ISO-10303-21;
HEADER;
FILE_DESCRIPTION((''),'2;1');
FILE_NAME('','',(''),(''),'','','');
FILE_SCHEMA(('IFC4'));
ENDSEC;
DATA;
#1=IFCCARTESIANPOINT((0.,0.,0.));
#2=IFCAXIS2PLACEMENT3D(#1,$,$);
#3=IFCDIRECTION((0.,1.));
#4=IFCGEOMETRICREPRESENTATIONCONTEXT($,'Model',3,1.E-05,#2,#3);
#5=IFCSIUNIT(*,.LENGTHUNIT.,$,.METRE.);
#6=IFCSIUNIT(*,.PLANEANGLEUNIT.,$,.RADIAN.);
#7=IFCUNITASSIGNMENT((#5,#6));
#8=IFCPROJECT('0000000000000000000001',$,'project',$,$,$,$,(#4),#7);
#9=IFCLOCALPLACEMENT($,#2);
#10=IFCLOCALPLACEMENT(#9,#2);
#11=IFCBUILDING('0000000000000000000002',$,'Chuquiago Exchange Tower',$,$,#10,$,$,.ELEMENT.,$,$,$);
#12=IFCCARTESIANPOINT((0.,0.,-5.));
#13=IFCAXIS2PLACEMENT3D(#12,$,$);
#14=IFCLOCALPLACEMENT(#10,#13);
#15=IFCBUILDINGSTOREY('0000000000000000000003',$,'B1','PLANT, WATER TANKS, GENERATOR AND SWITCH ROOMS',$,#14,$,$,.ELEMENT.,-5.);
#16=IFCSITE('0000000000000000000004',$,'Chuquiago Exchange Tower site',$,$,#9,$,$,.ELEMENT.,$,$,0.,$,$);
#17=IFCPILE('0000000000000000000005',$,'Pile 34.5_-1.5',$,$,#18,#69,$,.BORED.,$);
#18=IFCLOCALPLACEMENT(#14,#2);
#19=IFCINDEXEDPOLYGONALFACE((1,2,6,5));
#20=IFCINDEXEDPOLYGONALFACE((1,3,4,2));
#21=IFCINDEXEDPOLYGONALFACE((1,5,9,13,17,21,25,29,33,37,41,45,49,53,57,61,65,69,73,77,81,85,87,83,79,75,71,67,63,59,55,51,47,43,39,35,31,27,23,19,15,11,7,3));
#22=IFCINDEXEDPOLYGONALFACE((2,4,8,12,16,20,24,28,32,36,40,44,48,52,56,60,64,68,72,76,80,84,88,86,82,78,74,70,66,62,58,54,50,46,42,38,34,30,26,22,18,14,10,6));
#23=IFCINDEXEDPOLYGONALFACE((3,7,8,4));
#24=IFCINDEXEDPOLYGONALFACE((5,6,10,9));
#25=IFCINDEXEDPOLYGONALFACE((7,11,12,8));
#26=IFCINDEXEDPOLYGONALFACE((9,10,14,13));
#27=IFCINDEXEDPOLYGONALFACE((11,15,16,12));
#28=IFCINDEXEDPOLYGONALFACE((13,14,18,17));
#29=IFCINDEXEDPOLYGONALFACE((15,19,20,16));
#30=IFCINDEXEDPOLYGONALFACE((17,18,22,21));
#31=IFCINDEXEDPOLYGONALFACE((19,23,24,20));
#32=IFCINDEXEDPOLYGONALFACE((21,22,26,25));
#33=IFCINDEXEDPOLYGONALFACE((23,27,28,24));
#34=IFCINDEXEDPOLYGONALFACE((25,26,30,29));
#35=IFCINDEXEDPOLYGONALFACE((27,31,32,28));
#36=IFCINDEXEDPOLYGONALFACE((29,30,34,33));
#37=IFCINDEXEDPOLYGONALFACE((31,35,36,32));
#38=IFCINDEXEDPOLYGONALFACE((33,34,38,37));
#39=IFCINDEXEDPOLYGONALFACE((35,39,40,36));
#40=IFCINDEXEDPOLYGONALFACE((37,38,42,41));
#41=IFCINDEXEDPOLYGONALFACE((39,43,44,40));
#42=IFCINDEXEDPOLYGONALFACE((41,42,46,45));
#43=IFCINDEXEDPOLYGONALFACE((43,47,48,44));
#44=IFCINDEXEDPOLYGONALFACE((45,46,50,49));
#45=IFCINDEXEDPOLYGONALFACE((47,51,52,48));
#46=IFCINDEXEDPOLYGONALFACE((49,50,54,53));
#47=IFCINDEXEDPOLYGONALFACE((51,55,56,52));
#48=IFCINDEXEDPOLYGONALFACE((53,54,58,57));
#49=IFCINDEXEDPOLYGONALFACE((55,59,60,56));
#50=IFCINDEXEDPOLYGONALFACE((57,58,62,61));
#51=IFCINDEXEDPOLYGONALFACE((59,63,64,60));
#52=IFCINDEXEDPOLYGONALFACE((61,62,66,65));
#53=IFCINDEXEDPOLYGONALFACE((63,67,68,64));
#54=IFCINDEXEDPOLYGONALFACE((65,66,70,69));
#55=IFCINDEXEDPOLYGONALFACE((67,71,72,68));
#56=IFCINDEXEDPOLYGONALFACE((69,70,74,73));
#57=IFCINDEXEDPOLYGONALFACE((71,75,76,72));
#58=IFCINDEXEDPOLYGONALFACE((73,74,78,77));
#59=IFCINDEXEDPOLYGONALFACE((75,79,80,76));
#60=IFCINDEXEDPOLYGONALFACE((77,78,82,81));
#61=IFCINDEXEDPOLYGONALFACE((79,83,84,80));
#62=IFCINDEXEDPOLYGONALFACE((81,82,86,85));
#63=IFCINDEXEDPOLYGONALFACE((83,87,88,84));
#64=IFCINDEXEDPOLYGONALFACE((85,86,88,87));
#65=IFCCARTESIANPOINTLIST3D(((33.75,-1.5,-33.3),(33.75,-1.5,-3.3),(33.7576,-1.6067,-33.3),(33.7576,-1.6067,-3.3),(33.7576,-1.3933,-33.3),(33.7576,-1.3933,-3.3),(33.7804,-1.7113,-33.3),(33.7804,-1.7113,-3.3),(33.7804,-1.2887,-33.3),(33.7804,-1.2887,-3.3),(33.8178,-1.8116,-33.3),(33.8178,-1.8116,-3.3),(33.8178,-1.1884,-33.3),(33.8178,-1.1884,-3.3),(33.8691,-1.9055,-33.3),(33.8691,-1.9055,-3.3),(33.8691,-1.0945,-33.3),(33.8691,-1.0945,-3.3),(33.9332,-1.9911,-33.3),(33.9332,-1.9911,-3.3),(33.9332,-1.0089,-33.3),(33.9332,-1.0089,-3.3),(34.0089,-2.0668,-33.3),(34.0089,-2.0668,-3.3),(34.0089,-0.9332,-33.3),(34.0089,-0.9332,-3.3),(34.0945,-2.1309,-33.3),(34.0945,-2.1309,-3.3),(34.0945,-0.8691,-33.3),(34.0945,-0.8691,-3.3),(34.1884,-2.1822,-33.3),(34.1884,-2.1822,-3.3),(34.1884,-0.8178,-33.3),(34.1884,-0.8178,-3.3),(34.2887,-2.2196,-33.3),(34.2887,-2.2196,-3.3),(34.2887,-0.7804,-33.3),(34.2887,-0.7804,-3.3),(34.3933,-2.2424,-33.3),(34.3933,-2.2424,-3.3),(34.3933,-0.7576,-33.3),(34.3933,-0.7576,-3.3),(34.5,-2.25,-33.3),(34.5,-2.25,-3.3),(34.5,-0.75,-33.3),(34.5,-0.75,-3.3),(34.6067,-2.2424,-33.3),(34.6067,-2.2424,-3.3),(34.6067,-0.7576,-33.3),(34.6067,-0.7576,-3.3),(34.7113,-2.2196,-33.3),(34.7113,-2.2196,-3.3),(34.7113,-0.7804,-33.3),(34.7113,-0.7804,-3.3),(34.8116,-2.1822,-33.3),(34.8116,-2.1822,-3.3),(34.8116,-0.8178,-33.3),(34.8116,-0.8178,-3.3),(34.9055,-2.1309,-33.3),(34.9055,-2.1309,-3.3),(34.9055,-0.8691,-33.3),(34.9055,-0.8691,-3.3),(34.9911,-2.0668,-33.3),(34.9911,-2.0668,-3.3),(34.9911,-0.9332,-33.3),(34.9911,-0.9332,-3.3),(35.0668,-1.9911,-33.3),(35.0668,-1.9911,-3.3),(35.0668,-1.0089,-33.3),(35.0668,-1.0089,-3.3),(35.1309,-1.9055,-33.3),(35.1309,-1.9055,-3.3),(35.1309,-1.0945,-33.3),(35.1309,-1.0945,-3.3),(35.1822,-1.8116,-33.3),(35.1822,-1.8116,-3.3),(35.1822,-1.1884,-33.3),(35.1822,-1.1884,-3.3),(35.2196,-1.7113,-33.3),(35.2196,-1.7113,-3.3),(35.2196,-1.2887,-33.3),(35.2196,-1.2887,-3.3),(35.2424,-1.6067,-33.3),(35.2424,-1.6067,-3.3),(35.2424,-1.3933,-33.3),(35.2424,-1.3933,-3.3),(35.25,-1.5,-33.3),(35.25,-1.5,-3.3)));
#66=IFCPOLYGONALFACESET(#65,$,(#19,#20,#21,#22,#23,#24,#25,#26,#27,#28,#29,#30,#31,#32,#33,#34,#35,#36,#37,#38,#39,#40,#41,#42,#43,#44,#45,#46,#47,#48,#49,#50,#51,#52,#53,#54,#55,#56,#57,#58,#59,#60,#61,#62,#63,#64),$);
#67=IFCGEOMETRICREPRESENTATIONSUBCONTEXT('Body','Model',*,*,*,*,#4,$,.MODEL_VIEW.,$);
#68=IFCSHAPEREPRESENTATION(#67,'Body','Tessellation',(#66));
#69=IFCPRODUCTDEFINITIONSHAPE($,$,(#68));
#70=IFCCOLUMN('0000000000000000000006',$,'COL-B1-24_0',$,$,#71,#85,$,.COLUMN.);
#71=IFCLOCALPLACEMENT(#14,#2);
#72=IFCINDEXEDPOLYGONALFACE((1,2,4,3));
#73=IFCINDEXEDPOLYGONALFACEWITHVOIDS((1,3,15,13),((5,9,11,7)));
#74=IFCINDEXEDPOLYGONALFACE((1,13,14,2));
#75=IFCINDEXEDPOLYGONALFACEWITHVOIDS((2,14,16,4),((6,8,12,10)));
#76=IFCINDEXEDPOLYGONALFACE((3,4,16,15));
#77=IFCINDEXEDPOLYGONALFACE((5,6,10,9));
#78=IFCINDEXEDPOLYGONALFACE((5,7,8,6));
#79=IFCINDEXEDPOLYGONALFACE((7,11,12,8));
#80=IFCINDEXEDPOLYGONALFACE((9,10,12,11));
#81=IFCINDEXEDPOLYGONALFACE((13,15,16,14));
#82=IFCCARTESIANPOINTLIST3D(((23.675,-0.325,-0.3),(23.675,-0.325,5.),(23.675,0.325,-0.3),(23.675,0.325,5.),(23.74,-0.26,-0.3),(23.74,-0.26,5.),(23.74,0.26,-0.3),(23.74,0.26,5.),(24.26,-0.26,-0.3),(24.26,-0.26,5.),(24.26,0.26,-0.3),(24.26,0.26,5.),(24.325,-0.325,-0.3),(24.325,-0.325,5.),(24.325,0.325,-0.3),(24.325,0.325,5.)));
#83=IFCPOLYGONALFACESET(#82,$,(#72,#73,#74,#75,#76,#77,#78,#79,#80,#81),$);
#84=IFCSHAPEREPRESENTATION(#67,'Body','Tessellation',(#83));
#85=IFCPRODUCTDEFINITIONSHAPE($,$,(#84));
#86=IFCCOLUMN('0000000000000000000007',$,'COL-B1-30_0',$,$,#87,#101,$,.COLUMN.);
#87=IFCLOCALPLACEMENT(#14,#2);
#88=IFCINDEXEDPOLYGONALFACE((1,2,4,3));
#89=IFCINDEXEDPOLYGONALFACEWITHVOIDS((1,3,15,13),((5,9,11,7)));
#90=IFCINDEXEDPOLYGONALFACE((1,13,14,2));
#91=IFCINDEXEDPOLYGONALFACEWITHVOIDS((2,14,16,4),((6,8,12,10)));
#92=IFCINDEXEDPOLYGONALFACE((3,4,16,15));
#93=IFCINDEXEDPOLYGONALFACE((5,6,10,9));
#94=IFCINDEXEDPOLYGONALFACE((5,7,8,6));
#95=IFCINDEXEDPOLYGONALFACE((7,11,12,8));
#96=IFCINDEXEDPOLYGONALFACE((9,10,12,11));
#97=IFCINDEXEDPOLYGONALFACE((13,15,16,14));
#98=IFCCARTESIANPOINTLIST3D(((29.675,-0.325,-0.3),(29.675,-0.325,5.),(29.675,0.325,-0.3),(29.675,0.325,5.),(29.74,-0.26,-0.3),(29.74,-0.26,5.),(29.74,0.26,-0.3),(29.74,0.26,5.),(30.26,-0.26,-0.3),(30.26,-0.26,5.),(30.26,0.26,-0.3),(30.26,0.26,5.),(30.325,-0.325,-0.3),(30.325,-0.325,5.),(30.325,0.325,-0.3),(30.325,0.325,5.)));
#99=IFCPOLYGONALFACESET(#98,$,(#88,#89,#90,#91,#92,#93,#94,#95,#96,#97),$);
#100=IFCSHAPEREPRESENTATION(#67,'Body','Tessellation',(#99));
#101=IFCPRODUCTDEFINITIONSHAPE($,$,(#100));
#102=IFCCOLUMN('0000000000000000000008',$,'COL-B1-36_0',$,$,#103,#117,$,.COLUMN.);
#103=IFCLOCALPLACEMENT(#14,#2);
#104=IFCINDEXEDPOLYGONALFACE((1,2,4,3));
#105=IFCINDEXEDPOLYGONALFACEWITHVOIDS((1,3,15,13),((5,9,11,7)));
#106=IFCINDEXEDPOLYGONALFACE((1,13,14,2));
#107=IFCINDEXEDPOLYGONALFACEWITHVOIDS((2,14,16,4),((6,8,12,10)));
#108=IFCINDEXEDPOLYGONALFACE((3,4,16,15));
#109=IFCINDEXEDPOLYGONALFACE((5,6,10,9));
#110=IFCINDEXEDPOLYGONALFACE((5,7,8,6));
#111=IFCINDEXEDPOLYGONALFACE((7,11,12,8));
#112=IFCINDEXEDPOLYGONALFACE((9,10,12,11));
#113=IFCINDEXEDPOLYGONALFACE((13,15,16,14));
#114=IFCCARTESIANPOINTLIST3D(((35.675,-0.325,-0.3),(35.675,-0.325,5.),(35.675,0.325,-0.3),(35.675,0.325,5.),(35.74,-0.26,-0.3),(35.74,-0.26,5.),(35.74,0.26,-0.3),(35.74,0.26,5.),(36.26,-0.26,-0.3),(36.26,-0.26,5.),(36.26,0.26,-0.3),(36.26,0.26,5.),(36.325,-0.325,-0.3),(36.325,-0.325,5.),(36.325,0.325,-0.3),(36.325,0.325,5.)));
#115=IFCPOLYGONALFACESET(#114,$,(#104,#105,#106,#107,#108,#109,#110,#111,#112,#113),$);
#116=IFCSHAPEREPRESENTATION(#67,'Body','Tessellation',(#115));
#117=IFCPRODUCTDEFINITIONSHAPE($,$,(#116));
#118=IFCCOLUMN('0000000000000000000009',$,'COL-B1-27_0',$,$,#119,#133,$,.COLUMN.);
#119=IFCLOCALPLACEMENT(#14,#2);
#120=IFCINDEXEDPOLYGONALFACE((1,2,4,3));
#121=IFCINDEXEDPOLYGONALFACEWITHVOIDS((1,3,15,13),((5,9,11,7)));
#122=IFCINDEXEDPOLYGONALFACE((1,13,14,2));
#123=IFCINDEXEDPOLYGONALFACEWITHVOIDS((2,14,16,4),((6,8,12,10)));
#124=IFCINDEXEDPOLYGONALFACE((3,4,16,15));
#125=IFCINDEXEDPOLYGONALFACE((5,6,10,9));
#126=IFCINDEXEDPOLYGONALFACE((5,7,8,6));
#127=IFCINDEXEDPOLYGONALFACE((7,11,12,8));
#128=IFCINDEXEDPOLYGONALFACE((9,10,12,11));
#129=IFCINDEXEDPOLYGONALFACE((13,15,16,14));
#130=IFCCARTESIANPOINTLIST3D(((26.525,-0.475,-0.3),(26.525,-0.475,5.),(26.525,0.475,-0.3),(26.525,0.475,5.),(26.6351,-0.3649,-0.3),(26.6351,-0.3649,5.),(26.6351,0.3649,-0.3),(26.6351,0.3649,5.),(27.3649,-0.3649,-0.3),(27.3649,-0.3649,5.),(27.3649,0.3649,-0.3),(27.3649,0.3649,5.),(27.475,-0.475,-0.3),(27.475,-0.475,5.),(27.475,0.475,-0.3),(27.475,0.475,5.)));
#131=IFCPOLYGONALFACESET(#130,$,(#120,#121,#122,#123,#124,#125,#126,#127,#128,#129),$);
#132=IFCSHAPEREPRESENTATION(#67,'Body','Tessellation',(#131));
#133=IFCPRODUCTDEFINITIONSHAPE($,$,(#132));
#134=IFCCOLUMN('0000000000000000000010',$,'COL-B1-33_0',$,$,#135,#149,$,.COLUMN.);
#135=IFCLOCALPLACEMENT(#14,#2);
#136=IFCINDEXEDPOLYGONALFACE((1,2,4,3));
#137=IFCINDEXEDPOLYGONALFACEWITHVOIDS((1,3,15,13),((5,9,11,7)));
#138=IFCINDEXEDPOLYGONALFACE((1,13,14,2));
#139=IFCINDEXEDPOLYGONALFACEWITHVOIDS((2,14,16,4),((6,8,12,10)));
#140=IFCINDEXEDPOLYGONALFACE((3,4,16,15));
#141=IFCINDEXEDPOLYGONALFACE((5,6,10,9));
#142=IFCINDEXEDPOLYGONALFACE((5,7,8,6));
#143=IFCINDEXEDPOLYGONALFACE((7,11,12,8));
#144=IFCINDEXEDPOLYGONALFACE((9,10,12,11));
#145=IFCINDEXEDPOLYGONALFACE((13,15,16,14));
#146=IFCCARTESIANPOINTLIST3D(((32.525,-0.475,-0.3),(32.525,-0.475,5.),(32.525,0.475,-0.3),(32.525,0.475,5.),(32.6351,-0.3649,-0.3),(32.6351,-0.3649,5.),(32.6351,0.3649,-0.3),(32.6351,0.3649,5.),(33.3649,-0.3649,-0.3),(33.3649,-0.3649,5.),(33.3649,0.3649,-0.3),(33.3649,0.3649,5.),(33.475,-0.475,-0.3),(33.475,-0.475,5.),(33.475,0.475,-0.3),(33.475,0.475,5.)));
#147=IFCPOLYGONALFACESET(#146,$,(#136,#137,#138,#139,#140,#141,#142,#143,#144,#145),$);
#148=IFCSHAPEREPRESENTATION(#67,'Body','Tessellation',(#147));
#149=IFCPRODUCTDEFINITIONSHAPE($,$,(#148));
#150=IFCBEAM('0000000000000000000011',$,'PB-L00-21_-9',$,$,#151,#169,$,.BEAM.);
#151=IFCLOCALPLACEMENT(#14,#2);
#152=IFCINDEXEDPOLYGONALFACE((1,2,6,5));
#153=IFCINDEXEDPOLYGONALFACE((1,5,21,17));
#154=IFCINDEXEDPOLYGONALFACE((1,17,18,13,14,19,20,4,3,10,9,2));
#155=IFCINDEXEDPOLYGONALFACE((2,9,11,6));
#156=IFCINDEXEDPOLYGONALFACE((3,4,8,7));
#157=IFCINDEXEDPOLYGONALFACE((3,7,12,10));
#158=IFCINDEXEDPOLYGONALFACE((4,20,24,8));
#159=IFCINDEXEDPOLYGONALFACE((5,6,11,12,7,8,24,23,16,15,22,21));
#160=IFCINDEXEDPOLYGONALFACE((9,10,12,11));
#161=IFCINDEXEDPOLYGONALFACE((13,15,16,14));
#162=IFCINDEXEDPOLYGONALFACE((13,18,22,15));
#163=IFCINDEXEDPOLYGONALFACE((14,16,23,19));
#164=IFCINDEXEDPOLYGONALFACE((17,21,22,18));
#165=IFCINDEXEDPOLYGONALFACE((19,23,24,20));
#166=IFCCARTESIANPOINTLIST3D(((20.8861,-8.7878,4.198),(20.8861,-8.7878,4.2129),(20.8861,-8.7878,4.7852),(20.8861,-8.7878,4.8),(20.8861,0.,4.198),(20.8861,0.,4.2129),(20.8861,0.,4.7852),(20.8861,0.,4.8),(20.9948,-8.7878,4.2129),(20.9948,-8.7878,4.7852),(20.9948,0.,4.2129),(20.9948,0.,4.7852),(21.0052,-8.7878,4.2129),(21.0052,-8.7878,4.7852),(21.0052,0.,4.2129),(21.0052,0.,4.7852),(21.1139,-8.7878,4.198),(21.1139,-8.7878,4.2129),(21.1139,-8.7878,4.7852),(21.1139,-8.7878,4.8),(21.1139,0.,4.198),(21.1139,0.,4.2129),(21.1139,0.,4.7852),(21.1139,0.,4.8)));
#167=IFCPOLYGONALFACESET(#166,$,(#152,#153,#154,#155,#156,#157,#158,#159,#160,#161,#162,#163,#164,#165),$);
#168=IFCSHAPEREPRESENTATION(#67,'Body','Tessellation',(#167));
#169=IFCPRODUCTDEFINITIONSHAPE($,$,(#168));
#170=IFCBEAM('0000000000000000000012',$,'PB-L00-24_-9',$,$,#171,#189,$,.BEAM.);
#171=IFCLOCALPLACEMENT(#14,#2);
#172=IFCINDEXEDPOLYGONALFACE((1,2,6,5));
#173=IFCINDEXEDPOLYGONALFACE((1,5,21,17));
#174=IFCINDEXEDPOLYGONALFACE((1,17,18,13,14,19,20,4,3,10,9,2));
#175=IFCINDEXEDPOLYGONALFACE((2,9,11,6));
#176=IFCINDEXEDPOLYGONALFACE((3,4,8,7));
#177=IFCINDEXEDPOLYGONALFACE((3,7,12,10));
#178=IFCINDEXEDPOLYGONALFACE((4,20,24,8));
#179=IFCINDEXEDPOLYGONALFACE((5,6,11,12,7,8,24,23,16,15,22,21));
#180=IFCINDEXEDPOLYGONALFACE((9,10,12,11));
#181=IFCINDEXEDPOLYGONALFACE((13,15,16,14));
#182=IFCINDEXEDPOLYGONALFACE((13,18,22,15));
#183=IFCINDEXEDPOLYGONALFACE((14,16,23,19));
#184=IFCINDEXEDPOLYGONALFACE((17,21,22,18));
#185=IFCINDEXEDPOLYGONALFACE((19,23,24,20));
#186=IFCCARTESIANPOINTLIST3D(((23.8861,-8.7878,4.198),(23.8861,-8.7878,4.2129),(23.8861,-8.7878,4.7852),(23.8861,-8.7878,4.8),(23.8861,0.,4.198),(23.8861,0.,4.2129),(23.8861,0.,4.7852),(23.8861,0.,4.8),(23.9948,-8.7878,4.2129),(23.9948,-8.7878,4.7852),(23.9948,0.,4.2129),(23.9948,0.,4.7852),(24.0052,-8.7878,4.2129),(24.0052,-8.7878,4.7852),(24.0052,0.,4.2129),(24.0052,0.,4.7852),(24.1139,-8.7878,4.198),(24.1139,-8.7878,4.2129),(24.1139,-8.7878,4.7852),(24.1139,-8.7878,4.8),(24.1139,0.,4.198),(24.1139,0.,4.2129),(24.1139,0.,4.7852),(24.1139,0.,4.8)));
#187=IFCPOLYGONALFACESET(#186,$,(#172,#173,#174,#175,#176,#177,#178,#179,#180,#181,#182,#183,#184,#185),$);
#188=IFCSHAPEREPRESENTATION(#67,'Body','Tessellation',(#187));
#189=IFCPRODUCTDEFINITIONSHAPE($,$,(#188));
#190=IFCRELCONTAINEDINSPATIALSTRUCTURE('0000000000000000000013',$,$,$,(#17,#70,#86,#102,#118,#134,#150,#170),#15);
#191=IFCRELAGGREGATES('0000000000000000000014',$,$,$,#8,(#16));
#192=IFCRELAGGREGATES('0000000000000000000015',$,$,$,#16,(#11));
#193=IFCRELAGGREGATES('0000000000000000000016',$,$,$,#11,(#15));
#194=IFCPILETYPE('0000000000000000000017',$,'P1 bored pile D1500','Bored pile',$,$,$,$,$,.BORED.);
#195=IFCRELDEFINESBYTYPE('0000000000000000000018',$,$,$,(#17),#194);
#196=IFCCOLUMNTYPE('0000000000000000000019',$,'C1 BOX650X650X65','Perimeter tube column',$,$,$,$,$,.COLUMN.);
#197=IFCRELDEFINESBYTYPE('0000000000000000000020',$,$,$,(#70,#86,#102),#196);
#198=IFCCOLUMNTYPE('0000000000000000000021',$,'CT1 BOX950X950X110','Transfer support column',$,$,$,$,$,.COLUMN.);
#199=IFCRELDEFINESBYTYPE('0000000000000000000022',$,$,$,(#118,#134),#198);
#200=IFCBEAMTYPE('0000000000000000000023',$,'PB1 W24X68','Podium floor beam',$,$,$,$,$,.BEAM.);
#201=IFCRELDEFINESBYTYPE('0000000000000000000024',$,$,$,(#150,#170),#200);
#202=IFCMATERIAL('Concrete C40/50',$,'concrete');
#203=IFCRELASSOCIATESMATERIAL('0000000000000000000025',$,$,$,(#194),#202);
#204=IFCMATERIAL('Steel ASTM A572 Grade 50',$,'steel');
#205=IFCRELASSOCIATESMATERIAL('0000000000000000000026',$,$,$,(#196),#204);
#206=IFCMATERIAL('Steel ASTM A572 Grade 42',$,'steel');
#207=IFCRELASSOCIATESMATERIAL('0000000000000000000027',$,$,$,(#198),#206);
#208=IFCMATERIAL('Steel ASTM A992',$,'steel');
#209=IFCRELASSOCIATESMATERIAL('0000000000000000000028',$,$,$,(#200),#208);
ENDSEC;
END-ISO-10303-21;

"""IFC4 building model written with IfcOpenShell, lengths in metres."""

from ifc_helpers import new_model, si_unit, direction, frame, origin, origin_2d, place, context, subcontext, project, spatial, hollow_rectangle, circle, i_section, extrude, material, material_profile, profile_set, type_object, element, save


model = new_model("IFC4")

# Units and contexts
model_context = context("Model", 3, precision=1e-05, world=origin(), true_north=direction((0.0, 1.0)))
body_context = subcontext(model_context, "Body", "Model", "MODEL_VIEW")
ifc_project = project(units=[si_unit("LENGTHUNIT", "METRE"), si_unit("PLANEANGLEUNIT", "RADIAN")], contexts=[model_context])

# Site, building, storey
site_placement = place(None, origin())
site = spatial("IfcSite", under=ifc_project, at=site_placement, Name="Chuquiago Exchange Tower site", CompositionType="ELEMENT", RefElevation=0.0)
building_placement = place(site_placement, origin())
building = spatial("IfcBuilding", under=site, at=building_placement, Name="Chuquiago Exchange Tower", CompositionType="ELEMENT")
storey_placement = place(building_placement, frame((0.0, 0.0, -5.0)))
storey = spatial("IfcBuildingStorey", under=building, at=storey_placement, Name="B1", Description="PLANT, WATER TANKS, GENERATOR AND SWITCH ROOMS", CompositionType="ELEMENT", Elevation=-5.0)

# Pile
ifc_material_1 = material(Name="Concrete C40/50", Category="concrete")
ifc_material_profile_1 = material_profile(ifc_material_1, circle(Radius=0.75, at=origin_2d()), Name="D1500")
ifc_profile_set_1 = profile_set([ifc_material_profile_1], Name="Concrete C40/50")
pile_type = type_object("IfcPileType", Name="P1 bored pile D1500", Description="Bored pile", PredefinedType="BORED", material=ifc_profile_set_1)
for number, where, z_axis, x_axis, name in (
    (1, (34.5, -1.5, -3.3), (0.0, 0.0, -1.0), (1.0, 0.0, 0.0), "Pile 34.5_-1.5"),
):
    element("IfcPile", number, at=place(storey_placement, frame(where, z_axis=z_axis, x_axis=x_axis)), inside=storey, type_object=pile_type, Name=name, PredefinedType="BORED", context=body_context, shape_type="SweptSolid", body=[
        extrude(circle(Radius=0.75, at=origin_2d()), origin(), (0.0, 0.0, 1.0), 30.0),
    ])

# Columns
ifc_material_2 = material(Name="Steel ASTM A572 Grade 50", Category="steel")
ifc_material_profile_2 = material_profile(ifc_material_2, hollow_rectangle(XDim=0.6499, YDim=0.6499, WallThickness=0.0649, at=origin_2d()), Name="BOX650X650X65")
ifc_profile_set_2 = profile_set([ifc_material_profile_2], Name="Steel ASTM A572 Grade 50")
column_type_1 = type_object("IfcColumnType", Name="C1 BOX650X650X65", Description="Perimeter tube column", PredefinedType="COLUMN", material=ifc_profile_set_2)
for number, where, z_axis, x_axis, name in (
    (2, (24.0, 0.0, -0.3), (0.0, 0.0, 1.0), (0.0, -1.0, 0.0), "COL-B1-24_0"),
    (3, (30.0, 0.0, -0.3), (0.0, 0.0, 1.0), (0.0, -1.0, 0.0), "COL-B1-30_0"),
    (4, (36.0, 0.0, -0.3), (0.0, 0.0, 1.0), (0.0, -1.0, 0.0), "COL-B1-36_0"),
):
    element("IfcColumn", number, at=place(storey_placement, frame(where, z_axis=z_axis, x_axis=x_axis)), inside=storey, type_object=column_type_1, Name=name, PredefinedType="COLUMN", context=body_context, shape_type="SweptSolid", body=[
        extrude(hollow_rectangle(XDim=0.6499, YDim=0.6499, WallThickness=0.0649, at=origin_2d()), origin(), (0.0, 0.0, 1.0), 5.3),
    ])
ifc_material_3 = material(Name="Steel ASTM A572 Grade 42", Category="steel")
ifc_material_profile_3 = material_profile(ifc_material_3, hollow_rectangle(XDim=0.95, YDim=0.95, WallThickness=0.1101, at=origin_2d()), Name="BOX950X950X110")
ifc_profile_set_3 = profile_set([ifc_material_profile_3], Name="Steel ASTM A572 Grade 42")
column_type_2 = type_object("IfcColumnType", Name="CT1 BOX950X950X110", Description="Transfer support column", PredefinedType="COLUMN", material=ifc_profile_set_3)
for number, where, z_axis, x_axis, name in (
    (5, (27.0, 0.0, -0.3), (0.0, 0.0, 1.0), (0.0, -1.0, 0.0), "COL-B1-27_0"),
    (6, (33.0, 0.0, -0.3), (0.0, 0.0, 1.0), (0.0, -1.0, 0.0), "COL-B1-33_0"),
):
    element("IfcColumn", number, at=place(storey_placement, frame(where, z_axis=z_axis, x_axis=x_axis)), inside=storey, type_object=column_type_2, Name=name, PredefinedType="COLUMN", context=body_context, shape_type="SweptSolid", body=[
        extrude(hollow_rectangle(XDim=0.95, YDim=0.95, WallThickness=0.1101, at=origin_2d()), origin(), (0.0, 0.0, 1.0), 5.3),
    ])

# Beams
ifc_material_4 = material(Name="Steel ASTM A992", Category="steel")
ifc_material_profile_4 = material_profile(ifc_material_4, i_section(OverallWidth=0.2278, OverallDepth=0.6021, WebThickness=0.0105, FlangeThickness=0.0149, at=origin_2d()), Name="W24X68")
ifc_profile_set_4 = profile_set([ifc_material_profile_4], Name="Steel ASTM A992")
beam_type_1 = type_object("IfcBeamType", Name="PB1 W24X68", Description="Podium floor beam", PredefinedType="BEAM", material=ifc_profile_set_4)
for number, where, z_axis, x_axis, name in (
    (7, (21.0, -8.7878, 4.499), (0.0, 1.0, 0.0), (-1.0, 0.0, 0.0), "PB-L00-21_-9"),
    (8, (24.0, -8.7878, 4.499), (0.0, 1.0, 0.0), (-1.0, 0.0, 0.0), "PB-L00-24_-9"),
):
    element("IfcBeam", number, at=place(storey_placement, frame(where, z_axis=z_axis, x_axis=x_axis)), inside=storey, type_object=beam_type_1, Name=name, PredefinedType="BEAM", context=body_context, shape_type="SweptSolid", body=[
        extrude(i_section(OverallWidth=0.2278, OverallDepth=0.6021, WebThickness=0.0105, FlangeThickness=0.0149, at=origin_2d()), origin(), (0.0, 0.0, 1.0), 8.7878),
    ])

save(model, "model.ifc")
